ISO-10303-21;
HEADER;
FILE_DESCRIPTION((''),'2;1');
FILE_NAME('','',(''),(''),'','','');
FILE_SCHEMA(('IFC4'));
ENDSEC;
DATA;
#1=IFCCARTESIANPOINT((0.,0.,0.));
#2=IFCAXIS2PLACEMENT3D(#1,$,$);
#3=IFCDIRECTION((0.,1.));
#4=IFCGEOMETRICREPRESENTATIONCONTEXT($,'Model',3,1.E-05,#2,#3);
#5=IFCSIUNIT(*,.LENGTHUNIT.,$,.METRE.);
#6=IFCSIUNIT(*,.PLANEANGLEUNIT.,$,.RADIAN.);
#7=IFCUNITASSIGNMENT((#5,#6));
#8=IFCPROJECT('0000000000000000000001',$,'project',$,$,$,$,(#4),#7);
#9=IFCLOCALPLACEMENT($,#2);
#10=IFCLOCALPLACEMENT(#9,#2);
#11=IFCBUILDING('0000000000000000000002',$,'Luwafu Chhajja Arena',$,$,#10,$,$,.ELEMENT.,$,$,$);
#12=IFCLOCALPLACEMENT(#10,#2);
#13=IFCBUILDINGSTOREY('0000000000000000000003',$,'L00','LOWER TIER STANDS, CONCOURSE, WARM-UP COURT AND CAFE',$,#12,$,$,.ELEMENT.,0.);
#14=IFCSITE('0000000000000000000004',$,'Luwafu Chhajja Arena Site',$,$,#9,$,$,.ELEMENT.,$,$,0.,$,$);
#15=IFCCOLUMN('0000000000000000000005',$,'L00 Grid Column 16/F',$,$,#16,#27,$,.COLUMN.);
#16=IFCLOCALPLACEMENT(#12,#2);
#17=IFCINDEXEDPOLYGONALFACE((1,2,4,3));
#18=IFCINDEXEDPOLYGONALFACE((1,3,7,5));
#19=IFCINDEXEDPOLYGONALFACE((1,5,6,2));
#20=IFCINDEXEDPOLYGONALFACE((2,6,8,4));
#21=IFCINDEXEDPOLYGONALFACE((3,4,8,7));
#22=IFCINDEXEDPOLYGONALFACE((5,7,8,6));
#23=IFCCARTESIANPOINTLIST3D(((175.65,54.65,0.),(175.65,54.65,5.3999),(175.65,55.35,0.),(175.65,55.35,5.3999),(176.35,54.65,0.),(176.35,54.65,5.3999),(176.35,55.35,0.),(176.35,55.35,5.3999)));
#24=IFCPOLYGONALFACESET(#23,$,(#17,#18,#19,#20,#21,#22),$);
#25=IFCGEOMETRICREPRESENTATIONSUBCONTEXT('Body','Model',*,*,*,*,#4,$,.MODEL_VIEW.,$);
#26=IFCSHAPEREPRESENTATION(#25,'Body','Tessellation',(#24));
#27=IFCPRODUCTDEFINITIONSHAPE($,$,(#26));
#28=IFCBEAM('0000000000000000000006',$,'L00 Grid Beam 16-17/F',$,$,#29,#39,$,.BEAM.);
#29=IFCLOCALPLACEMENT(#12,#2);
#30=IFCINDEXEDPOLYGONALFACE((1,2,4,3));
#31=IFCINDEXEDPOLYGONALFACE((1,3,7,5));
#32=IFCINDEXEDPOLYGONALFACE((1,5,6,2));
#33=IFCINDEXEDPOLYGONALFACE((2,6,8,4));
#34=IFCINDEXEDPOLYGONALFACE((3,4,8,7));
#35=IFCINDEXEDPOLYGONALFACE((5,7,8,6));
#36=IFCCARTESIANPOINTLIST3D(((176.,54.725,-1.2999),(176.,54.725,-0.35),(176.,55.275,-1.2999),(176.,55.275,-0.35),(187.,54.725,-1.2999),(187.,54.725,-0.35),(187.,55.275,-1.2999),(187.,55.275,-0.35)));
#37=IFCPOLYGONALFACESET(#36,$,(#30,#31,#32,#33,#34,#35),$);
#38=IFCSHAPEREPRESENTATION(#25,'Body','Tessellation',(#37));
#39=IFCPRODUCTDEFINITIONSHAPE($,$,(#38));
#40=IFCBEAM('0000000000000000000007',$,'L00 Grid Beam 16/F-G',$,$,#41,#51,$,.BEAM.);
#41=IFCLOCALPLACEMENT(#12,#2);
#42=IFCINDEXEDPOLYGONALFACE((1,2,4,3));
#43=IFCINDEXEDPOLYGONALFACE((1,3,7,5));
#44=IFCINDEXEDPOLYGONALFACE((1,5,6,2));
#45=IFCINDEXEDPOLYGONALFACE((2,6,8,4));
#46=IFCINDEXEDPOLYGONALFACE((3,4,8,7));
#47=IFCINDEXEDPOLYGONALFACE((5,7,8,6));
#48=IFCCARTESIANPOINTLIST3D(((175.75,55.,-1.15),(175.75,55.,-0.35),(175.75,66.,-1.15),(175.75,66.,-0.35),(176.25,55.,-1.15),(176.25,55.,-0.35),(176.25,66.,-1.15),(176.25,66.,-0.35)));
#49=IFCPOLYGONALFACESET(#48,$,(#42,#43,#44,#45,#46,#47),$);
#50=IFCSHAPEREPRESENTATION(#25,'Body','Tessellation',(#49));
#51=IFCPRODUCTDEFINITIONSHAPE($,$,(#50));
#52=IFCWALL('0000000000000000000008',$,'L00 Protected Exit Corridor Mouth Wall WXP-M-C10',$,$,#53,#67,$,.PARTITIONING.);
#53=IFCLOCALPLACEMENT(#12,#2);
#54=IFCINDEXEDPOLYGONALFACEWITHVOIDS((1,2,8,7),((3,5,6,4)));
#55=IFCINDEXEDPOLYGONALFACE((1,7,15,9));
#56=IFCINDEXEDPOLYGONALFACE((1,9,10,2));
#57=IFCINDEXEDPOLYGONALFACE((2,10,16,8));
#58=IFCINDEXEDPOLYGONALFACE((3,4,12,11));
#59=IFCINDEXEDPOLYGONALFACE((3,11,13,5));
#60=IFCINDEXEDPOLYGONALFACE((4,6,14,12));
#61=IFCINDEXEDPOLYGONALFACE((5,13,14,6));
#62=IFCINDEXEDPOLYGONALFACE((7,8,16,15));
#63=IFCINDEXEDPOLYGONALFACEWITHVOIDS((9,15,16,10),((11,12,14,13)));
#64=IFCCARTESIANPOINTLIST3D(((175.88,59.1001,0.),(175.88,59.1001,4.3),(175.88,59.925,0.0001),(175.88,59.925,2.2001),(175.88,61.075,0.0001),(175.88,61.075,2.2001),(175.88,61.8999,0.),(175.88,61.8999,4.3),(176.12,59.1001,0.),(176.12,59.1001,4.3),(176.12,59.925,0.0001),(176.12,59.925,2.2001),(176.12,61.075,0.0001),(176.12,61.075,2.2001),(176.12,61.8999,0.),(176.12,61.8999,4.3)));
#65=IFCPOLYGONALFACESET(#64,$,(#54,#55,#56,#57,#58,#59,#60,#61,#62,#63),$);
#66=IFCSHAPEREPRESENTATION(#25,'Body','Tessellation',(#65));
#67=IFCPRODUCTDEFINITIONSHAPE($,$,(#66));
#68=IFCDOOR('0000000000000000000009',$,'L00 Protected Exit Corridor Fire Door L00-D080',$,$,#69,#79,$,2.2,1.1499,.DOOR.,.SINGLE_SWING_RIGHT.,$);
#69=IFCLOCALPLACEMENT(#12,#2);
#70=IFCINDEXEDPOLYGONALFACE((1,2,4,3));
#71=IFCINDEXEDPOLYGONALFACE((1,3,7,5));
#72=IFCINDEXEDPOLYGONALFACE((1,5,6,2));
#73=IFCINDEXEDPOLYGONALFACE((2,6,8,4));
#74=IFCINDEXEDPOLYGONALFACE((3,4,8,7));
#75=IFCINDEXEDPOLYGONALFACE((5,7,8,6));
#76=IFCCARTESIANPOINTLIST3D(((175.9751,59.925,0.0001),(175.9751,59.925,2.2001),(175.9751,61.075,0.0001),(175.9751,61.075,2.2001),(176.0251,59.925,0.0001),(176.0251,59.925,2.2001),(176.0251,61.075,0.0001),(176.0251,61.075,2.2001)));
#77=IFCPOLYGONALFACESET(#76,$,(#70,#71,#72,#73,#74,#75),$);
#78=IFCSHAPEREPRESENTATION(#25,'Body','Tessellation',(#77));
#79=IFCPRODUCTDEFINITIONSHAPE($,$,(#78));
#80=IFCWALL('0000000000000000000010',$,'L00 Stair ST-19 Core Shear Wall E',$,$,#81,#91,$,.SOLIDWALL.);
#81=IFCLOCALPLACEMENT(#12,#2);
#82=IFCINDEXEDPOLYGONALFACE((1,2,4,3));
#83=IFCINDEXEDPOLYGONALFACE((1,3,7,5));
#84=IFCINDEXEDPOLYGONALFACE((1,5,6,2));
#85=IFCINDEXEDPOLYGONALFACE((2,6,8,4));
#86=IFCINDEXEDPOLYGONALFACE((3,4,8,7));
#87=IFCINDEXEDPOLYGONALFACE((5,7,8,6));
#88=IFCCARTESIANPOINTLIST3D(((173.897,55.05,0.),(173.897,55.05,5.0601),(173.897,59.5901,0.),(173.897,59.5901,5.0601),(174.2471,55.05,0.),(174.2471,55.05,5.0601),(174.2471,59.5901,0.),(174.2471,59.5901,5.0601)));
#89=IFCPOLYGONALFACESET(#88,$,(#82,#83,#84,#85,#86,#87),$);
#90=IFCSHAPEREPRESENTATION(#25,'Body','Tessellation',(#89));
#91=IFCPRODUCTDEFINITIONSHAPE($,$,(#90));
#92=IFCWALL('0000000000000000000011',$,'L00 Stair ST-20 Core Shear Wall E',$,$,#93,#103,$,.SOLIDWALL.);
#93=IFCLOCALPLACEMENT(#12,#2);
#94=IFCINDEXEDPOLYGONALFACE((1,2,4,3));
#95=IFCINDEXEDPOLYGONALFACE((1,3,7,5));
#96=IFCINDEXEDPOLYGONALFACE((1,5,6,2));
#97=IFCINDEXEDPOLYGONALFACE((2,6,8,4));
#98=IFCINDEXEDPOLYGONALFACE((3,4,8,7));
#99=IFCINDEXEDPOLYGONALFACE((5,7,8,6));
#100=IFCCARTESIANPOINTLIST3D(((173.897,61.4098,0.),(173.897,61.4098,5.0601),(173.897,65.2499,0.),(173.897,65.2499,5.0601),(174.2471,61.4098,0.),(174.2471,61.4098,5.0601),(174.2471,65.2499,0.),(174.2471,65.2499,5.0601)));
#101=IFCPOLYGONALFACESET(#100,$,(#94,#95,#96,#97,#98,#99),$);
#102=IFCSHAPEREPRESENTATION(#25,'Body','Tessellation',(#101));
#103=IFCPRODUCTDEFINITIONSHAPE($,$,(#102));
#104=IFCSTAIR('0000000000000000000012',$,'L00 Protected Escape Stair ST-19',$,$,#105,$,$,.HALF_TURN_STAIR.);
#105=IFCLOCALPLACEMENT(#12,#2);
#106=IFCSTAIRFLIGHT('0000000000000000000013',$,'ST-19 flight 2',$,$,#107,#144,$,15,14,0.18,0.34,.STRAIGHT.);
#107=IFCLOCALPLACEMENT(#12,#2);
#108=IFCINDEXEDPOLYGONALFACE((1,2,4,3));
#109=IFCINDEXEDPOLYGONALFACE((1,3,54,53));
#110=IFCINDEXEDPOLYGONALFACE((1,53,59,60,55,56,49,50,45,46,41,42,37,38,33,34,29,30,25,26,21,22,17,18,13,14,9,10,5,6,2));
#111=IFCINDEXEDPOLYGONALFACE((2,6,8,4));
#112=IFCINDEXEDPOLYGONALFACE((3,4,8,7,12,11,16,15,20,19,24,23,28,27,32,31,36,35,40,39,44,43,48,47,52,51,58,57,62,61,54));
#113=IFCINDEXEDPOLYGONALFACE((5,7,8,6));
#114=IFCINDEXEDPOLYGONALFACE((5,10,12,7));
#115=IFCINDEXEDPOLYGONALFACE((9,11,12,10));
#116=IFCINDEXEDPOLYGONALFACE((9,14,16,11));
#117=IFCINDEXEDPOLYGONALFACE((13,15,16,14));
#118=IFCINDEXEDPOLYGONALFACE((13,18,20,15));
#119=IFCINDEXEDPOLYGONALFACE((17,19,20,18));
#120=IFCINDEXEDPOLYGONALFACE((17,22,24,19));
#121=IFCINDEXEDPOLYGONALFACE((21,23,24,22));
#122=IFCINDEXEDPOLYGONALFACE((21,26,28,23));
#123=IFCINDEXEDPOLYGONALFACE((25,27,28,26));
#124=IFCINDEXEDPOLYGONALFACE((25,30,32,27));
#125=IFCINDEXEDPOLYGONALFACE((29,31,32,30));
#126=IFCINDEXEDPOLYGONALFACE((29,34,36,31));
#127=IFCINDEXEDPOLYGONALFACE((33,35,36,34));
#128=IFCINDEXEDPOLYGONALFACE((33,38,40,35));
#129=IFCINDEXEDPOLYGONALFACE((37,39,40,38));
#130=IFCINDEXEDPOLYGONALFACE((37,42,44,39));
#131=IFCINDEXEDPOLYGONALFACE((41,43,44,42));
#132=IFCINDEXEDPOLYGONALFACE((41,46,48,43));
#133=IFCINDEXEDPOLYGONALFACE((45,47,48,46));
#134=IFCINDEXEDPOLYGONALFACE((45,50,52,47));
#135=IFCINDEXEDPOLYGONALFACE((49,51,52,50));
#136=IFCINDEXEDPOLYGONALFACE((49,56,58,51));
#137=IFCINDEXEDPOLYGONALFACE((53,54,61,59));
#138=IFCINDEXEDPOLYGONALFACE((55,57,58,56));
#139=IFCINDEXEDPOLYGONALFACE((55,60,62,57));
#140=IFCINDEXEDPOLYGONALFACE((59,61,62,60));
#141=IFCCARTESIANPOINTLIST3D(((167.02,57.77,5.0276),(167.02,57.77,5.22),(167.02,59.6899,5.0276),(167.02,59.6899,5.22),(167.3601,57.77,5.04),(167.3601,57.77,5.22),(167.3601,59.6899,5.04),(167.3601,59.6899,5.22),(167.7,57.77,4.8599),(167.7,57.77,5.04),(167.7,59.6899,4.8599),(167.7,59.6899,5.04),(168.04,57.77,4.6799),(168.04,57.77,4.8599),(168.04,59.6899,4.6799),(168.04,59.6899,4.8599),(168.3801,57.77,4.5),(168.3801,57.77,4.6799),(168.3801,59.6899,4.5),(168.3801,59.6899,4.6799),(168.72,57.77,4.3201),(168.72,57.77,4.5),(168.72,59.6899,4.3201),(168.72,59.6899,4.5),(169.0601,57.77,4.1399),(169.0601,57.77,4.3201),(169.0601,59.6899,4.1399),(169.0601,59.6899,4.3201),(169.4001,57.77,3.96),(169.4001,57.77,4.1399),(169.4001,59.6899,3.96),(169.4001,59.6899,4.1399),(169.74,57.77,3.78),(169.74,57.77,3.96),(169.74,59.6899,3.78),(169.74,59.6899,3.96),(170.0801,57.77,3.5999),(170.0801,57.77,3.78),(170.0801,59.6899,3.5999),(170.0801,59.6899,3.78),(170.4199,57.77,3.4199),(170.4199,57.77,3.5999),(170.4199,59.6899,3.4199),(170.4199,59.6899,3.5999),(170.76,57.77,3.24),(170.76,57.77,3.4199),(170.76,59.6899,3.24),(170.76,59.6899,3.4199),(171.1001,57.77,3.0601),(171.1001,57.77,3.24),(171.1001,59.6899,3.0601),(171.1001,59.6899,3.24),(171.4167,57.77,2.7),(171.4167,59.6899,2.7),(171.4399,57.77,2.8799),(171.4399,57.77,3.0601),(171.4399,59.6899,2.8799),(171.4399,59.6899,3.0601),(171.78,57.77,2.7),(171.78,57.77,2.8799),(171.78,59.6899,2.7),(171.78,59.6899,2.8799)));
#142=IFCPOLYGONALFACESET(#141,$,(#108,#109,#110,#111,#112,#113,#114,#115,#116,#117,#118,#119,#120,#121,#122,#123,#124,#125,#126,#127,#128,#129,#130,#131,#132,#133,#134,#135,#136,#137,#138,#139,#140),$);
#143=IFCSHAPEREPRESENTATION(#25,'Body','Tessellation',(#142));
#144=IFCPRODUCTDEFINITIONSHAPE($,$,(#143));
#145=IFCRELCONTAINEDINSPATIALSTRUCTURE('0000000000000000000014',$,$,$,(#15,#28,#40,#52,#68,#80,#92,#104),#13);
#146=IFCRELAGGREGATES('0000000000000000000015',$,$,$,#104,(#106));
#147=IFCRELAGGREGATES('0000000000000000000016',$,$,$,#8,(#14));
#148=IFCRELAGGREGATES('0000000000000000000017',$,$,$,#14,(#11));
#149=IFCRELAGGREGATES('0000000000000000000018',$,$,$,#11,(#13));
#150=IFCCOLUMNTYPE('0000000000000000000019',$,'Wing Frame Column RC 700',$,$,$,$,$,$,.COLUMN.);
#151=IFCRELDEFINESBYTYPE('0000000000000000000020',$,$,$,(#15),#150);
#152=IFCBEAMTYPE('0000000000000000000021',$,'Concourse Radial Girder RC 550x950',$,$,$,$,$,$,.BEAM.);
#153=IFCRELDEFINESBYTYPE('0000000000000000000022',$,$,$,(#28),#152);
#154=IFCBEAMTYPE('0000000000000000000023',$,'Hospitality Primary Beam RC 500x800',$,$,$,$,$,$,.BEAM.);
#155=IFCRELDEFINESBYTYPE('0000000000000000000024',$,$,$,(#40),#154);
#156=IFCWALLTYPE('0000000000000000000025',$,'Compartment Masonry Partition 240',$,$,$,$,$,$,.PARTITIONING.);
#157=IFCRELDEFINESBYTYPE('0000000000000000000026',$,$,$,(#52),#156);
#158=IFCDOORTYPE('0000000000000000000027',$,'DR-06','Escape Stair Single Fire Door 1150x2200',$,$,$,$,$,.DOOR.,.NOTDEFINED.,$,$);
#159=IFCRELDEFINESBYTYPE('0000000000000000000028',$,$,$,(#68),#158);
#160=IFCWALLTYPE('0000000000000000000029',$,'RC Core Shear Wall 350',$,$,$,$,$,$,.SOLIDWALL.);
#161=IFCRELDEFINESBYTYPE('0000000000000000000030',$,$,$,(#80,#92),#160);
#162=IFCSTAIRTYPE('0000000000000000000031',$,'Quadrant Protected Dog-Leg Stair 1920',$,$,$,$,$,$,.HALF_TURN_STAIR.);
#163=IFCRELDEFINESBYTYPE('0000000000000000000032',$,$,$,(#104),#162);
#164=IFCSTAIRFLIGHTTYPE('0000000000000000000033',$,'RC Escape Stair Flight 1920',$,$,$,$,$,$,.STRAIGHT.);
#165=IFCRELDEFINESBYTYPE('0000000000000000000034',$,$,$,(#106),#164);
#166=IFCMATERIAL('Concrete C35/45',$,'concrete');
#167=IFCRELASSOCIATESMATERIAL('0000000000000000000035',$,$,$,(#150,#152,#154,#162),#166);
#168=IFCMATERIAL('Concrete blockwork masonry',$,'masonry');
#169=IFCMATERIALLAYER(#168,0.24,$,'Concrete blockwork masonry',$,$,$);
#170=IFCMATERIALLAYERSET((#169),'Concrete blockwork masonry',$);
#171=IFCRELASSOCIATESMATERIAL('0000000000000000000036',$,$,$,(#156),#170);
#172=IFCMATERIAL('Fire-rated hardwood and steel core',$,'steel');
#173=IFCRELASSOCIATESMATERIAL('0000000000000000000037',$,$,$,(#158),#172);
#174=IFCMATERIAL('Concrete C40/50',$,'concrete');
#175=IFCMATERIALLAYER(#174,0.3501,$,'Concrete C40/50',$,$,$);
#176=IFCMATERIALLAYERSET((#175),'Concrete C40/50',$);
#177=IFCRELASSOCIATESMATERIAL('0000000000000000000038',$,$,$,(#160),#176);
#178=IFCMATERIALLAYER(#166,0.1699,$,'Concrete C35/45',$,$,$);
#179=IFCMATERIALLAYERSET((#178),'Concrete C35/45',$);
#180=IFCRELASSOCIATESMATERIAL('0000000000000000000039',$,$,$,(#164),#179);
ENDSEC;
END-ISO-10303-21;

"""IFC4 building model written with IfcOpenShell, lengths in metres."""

from ifc_helpers import new_model, si_unit, direction, frame, frame_2d, origin, origin_2d, place, context, subcontext, project, spatial, polyline, rectangle, outline, extrude, material, layer, layer_set, material_profile, profile_set, type_object, element, fill, aggregate, save


model = new_model("IFC4")

# Units and contexts
model_context = context("Model", 3, precision=1e-05, world=origin(), true_north=direction((0.0, 1.0)))
body_context = subcontext(model_context, "Body", "Model", "MODEL_VIEW")
ifc_project = project(units=[si_unit("LENGTHUNIT", "METRE"), si_unit("PLANEANGLEUNIT", "RADIAN")], contexts=[model_context])

# Site, building, storey
site_placement = place(None, origin())
site = spatial("IfcSite", under=ifc_project, at=site_placement, Name="Luwafu Chhajja Arena Site", CompositionType="ELEMENT", RefElevation=0.0)
building_placement = place(site_placement, origin())
building = spatial("IfcBuilding", under=site, at=building_placement, Name="Luwafu Chhajja Arena", CompositionType="ELEMENT")
storey_placement = place(building_placement, origin())
storey = spatial("IfcBuildingStorey", under=building, at=storey_placement, Name="L00", Description="LOWER TIER STANDS, CONCOURSE, WARM-UP COURT AND CAFE", CompositionType="ELEMENT", Elevation=0.0)

# Column
ifc_material_1 = material(Name="Concrete C35/45", Category="concrete")
ifc_material_profile_1 = material_profile(ifc_material_1, rectangle(XDim=0.7, YDim=0.7, at=origin_2d()), Name="RC 700x700")
ifc_profile_set_1 = profile_set([ifc_material_profile_1], Name="Concrete C35/45")
column_type = type_object("IfcColumnType", Name="Wing Frame Column RC 700", PredefinedType="COLUMN", material=ifc_profile_set_1)
column_placement = place(storey_placement, frame((176.0, 55.0, 0.0), z_axis=(0.0, 0.0, 1.0), x_axis=(1.0, 0.0, 0.0)))
element("IfcColumn", 1, at=column_placement, inside=storey, type_object=column_type, Name="L00 Grid Column 16/F", PredefinedType="COLUMN", context=body_context, shape_type="SweptSolid", body=[
    extrude(rectangle(XDim=0.7, YDim=0.7, at=origin_2d()), origin(), (0.0, 0.0, 1.0), 5.3999),
])

# Beams
ifc_material_profile_2 = material_profile(ifc_material_1, rectangle(XDim=0.55, YDim=0.95, at=origin_2d()), Name="RC 550x950")
ifc_profile_set_2 = profile_set([ifc_material_profile_2], Name="Concrete C35/45")
beam_type_1 = type_object("IfcBeamType", Name="Concourse Radial Girder RC 550x950", PredefinedType="BEAM", material=ifc_profile_set_2)
beam_1_placement = place(storey_placement, frame((176.0, 55.0, -0.825), z_axis=(1.0, 0.0, 0.0), x_axis=(0.0, 1.0, 0.0)))
element("IfcBeam", 2, at=beam_1_placement, inside=storey, type_object=beam_type_1, Name="L00 Grid Beam 16-17/F", PredefinedType="BEAM", context=body_context, shape_type="SweptSolid", body=[
    extrude(rectangle(XDim=0.55, YDim=0.95, at=origin_2d()), origin(), (0.0, 0.0, 1.0), 11.0),
])
ifc_material_profile_3 = material_profile(ifc_material_1, rectangle(XDim=0.5, YDim=0.8, at=origin_2d()), Name="RC 500x800")
ifc_profile_set_3 = profile_set([ifc_material_profile_3], Name="Concrete C35/45")
beam_type_2 = type_object("IfcBeamType", Name="Hospitality Primary Beam RC 500x800", PredefinedType="BEAM", material=ifc_profile_set_3)
beam_2_placement = place(storey_placement, frame((176.0, 55.0, -0.75), z_axis=(0.0, 1.0, 0.0), x_axis=(-1.0, 0.0, 0.0)))
element("IfcBeam", 3, at=beam_2_placement, inside=storey, type_object=beam_type_2, Name="L00 Grid Beam 16/F-G", PredefinedType="BEAM", context=body_context, shape_type="SweptSolid", body=[
    extrude(rectangle(XDim=0.5, YDim=0.8, at=origin_2d()), origin(), (0.0, 0.0, 1.0), 11.0),
])

# Wall, opening, door
ifc_material_2 = material(Name="Concrete blockwork masonry", Category="masonry")
ifc_layer_1 = layer(ifc_material_2, 0.24, Name="Concrete blockwork masonry")
ifc_layer_set_1 = layer_set([ifc_layer_1], Name="Concrete blockwork masonry")
wall_type_1 = type_object("IfcWallType", Name="Compartment Masonry Partition 240", PredefinedType="PARTITIONING", material=ifc_layer_set_1)
wall_1_placement = place(storey_placement, frame((176.0, 59.1001, 0.0), z_axis=(0.0, 0.0, 1.0), x_axis=(0.0, 1.0, 0.0)))
wall_1 = element("IfcWall", 4, at=wall_1_placement, inside=storey, type_object=wall_type_1, Name="L00 Protected Exit Corridor Mouth Wall WXP-M-C10", PredefinedType="PARTITIONING", context=body_context, shape_type="SweptSolid", body=[
    extrude(rectangle(XDim=2.7998, YDim=0.24, at=frame_2d((1.3999, 0.0))), origin(), (0.0, 0.0, 1.0), 4.3),
])
opening_placement = place(wall_1_placement, frame((0.825, 0.0, 0.0)))
opening = element("IfcOpeningElement", 5, at=opening_placement, cuts=wall_1, PredefinedType="OPENING", context=body_context, shape_type="SweptSolid", body=[
    extrude(rectangle(XDim=1.1499, YDim=2.2, at=frame_2d((0.575, 1.1001))), frame((0.0, 0.1299, 0.0), z_axis=(0.0, -1.0, 0.0), x_axis=(1.0, 0.0, 0.0)), (0.0, 0.0, 1.0), 0.26),
])
ifc_material_3 = material(Name="Fire-rated hardwood and steel core", Category="steel")
door_type = type_object("IfcDoorType", Name="DR-06", Description="Escape Stair Single Fire Door 1150x2200", OperationType="NOTDEFINED", PredefinedType="DOOR", material=ifc_material_3)
door_placement = place(opening_placement, origin())
door = element("IfcDoor", 6, at=door_placement, inside=storey, type_object=door_type, Name="L00 Protected Exit Corridor Fire Door L00-D080", OperationType="SINGLE_SWING_RIGHT", OverallHeight=2.2, OverallWidth=1.1499, PredefinedType="DOOR", context=body_context, shape_type="SweptSolid", body=[
    extrude(rectangle(XDim=1.1499, YDim=2.2, at=frame_2d((0.575, 1.1001))), frame((0.0, 0.0249, 0.0), z_axis=(0.0, -1.0, 0.0), x_axis=(1.0, 0.0, 0.0)), (0.0, 0.0, 1.0), 0.05),
])
fill(opening, door)

# Walls
ifc_material_4 = material(Name="Concrete C40/50", Category="concrete")
ifc_layer_2 = layer(ifc_material_4, 0.3501, Name="Concrete C40/50")
ifc_layer_set_2 = layer_set([ifc_layer_2], Name="Concrete C40/50")
wall_type_2 = type_object("IfcWallType", Name="RC Core Shear Wall 350", PredefinedType="SOLIDWALL", material=ifc_layer_set_2)
wall_2_placement = place(storey_placement, frame((174.072, 55.05, 0.0), z_axis=(0.0, 0.0, 1.0), x_axis=(0.0, 1.0, 0.0)))
element("IfcWall", 7, at=wall_2_placement, inside=storey, type_object=wall_type_2, Name="L00 Stair ST-19 Core Shear Wall E", PredefinedType="SOLIDWALL", context=body_context, shape_type="SweptSolid", body=[
    extrude(rectangle(XDim=4.54, YDim=0.3501, at=frame_2d((2.27, 0.0))), origin(), (0.0, 0.0, 1.0), 5.0601),
])
wall_3_placement = place(storey_placement, frame((174.072, 61.4099, 0.0), z_axis=(0.0, 0.0, 1.0), x_axis=(0.0, 1.0, 0.0)))
element("IfcWall", 8, at=wall_3_placement, inside=storey, type_object=wall_type_2, Name="L00 Stair ST-20 Core Shear Wall E", PredefinedType="SOLIDWALL", context=body_context, shape_type="SweptSolid", body=[
    extrude(rectangle(XDim=3.8401, YDim=0.3501, at=frame_2d((1.9199, 0.0))), origin(), (0.0, 0.0, 1.0), 5.0601),
])

# Stair, stair flight
stair_type = type_object("IfcStairType", Name="Quadrant Protected Dog-Leg Stair 1920", PredefinedType="HALF_TURN_STAIR", material=ifc_material_1)
stair_1_placement = place(storey_placement, origin())
stair_1 = element("IfcStair", 9, at=stair_1_placement, inside=storey, type_object=stair_type, Name="L00 Protected Escape Stair ST-19", PredefinedType="HALF_TURN_STAIR")
ifc_layer_3 = layer(ifc_material_1, 0.1699, Name="Concrete C35/45")
ifc_layer_set_3 = layer_set([ifc_layer_3], Name="Concrete C35/45")
stair_flight_type = type_object("IfcStairFlightType", Name="RC Escape Stair Flight 1920", PredefinedType="STRAIGHT", material=ifc_layer_set_3)
stair_flight_1_placement = place(storey_placement, frame((171.78, 58.73, 2.7), z_axis=(0.0, 0.0, 1.0), x_axis=(-1.0, 0.0, 0.0)))
stair_flight_1 = element("IfcStairFlight", 10, at=stair_flight_1_placement, type_object=stair_flight_type, Name="ST-19 flight 2", NumberOfRisers=15, NumberOfTreads=14, PredefinedType="STRAIGHT", RiserHeight=0.18, TreadLength=0.34, context=body_context, shape_type="SweptSolid", body=[
    extrude(outline(polyline([(0.0, 0.0), (0.0, 0.1799), (0.3401, 0.1799), (0.3401, 0.3601), (0.6799, 0.3601), (0.6799, 0.54), (1.02, 0.54), (1.02, 0.72), (1.3601, 0.72), (1.3601, 0.8999), (1.7, 0.8999), (1.7, 1.0801), (2.04, 1.0801), (2.04, 1.26), (2.3799, 1.26), (2.3799, 1.4399), (2.72, 1.4399), (2.72, 1.6201), (3.0601, 1.6201), (3.0601, 1.8), (3.3999, 1.8), (3.3999, 1.98), (3.74, 1.98), (3.74, 2.1599), (4.0801, 2.1599), (4.0801, 2.3401), (4.4199, 2.3401), (4.4199, 2.52), (4.76, 2.52), (4.76, 2.7), (4.76, 2.3276), (0.3633, 0.0), (0.0, 0.0)])), frame((0.0, 0.96, 0.0), z_axis=(0.0, -1.0, 0.0), x_axis=(1.0, 0.0, 0.0)), (0.0, 0.0, 1.0), 1.9199),
])
aggregate(stair_1, [stair_flight_1])

save(model, "model.ifc")
